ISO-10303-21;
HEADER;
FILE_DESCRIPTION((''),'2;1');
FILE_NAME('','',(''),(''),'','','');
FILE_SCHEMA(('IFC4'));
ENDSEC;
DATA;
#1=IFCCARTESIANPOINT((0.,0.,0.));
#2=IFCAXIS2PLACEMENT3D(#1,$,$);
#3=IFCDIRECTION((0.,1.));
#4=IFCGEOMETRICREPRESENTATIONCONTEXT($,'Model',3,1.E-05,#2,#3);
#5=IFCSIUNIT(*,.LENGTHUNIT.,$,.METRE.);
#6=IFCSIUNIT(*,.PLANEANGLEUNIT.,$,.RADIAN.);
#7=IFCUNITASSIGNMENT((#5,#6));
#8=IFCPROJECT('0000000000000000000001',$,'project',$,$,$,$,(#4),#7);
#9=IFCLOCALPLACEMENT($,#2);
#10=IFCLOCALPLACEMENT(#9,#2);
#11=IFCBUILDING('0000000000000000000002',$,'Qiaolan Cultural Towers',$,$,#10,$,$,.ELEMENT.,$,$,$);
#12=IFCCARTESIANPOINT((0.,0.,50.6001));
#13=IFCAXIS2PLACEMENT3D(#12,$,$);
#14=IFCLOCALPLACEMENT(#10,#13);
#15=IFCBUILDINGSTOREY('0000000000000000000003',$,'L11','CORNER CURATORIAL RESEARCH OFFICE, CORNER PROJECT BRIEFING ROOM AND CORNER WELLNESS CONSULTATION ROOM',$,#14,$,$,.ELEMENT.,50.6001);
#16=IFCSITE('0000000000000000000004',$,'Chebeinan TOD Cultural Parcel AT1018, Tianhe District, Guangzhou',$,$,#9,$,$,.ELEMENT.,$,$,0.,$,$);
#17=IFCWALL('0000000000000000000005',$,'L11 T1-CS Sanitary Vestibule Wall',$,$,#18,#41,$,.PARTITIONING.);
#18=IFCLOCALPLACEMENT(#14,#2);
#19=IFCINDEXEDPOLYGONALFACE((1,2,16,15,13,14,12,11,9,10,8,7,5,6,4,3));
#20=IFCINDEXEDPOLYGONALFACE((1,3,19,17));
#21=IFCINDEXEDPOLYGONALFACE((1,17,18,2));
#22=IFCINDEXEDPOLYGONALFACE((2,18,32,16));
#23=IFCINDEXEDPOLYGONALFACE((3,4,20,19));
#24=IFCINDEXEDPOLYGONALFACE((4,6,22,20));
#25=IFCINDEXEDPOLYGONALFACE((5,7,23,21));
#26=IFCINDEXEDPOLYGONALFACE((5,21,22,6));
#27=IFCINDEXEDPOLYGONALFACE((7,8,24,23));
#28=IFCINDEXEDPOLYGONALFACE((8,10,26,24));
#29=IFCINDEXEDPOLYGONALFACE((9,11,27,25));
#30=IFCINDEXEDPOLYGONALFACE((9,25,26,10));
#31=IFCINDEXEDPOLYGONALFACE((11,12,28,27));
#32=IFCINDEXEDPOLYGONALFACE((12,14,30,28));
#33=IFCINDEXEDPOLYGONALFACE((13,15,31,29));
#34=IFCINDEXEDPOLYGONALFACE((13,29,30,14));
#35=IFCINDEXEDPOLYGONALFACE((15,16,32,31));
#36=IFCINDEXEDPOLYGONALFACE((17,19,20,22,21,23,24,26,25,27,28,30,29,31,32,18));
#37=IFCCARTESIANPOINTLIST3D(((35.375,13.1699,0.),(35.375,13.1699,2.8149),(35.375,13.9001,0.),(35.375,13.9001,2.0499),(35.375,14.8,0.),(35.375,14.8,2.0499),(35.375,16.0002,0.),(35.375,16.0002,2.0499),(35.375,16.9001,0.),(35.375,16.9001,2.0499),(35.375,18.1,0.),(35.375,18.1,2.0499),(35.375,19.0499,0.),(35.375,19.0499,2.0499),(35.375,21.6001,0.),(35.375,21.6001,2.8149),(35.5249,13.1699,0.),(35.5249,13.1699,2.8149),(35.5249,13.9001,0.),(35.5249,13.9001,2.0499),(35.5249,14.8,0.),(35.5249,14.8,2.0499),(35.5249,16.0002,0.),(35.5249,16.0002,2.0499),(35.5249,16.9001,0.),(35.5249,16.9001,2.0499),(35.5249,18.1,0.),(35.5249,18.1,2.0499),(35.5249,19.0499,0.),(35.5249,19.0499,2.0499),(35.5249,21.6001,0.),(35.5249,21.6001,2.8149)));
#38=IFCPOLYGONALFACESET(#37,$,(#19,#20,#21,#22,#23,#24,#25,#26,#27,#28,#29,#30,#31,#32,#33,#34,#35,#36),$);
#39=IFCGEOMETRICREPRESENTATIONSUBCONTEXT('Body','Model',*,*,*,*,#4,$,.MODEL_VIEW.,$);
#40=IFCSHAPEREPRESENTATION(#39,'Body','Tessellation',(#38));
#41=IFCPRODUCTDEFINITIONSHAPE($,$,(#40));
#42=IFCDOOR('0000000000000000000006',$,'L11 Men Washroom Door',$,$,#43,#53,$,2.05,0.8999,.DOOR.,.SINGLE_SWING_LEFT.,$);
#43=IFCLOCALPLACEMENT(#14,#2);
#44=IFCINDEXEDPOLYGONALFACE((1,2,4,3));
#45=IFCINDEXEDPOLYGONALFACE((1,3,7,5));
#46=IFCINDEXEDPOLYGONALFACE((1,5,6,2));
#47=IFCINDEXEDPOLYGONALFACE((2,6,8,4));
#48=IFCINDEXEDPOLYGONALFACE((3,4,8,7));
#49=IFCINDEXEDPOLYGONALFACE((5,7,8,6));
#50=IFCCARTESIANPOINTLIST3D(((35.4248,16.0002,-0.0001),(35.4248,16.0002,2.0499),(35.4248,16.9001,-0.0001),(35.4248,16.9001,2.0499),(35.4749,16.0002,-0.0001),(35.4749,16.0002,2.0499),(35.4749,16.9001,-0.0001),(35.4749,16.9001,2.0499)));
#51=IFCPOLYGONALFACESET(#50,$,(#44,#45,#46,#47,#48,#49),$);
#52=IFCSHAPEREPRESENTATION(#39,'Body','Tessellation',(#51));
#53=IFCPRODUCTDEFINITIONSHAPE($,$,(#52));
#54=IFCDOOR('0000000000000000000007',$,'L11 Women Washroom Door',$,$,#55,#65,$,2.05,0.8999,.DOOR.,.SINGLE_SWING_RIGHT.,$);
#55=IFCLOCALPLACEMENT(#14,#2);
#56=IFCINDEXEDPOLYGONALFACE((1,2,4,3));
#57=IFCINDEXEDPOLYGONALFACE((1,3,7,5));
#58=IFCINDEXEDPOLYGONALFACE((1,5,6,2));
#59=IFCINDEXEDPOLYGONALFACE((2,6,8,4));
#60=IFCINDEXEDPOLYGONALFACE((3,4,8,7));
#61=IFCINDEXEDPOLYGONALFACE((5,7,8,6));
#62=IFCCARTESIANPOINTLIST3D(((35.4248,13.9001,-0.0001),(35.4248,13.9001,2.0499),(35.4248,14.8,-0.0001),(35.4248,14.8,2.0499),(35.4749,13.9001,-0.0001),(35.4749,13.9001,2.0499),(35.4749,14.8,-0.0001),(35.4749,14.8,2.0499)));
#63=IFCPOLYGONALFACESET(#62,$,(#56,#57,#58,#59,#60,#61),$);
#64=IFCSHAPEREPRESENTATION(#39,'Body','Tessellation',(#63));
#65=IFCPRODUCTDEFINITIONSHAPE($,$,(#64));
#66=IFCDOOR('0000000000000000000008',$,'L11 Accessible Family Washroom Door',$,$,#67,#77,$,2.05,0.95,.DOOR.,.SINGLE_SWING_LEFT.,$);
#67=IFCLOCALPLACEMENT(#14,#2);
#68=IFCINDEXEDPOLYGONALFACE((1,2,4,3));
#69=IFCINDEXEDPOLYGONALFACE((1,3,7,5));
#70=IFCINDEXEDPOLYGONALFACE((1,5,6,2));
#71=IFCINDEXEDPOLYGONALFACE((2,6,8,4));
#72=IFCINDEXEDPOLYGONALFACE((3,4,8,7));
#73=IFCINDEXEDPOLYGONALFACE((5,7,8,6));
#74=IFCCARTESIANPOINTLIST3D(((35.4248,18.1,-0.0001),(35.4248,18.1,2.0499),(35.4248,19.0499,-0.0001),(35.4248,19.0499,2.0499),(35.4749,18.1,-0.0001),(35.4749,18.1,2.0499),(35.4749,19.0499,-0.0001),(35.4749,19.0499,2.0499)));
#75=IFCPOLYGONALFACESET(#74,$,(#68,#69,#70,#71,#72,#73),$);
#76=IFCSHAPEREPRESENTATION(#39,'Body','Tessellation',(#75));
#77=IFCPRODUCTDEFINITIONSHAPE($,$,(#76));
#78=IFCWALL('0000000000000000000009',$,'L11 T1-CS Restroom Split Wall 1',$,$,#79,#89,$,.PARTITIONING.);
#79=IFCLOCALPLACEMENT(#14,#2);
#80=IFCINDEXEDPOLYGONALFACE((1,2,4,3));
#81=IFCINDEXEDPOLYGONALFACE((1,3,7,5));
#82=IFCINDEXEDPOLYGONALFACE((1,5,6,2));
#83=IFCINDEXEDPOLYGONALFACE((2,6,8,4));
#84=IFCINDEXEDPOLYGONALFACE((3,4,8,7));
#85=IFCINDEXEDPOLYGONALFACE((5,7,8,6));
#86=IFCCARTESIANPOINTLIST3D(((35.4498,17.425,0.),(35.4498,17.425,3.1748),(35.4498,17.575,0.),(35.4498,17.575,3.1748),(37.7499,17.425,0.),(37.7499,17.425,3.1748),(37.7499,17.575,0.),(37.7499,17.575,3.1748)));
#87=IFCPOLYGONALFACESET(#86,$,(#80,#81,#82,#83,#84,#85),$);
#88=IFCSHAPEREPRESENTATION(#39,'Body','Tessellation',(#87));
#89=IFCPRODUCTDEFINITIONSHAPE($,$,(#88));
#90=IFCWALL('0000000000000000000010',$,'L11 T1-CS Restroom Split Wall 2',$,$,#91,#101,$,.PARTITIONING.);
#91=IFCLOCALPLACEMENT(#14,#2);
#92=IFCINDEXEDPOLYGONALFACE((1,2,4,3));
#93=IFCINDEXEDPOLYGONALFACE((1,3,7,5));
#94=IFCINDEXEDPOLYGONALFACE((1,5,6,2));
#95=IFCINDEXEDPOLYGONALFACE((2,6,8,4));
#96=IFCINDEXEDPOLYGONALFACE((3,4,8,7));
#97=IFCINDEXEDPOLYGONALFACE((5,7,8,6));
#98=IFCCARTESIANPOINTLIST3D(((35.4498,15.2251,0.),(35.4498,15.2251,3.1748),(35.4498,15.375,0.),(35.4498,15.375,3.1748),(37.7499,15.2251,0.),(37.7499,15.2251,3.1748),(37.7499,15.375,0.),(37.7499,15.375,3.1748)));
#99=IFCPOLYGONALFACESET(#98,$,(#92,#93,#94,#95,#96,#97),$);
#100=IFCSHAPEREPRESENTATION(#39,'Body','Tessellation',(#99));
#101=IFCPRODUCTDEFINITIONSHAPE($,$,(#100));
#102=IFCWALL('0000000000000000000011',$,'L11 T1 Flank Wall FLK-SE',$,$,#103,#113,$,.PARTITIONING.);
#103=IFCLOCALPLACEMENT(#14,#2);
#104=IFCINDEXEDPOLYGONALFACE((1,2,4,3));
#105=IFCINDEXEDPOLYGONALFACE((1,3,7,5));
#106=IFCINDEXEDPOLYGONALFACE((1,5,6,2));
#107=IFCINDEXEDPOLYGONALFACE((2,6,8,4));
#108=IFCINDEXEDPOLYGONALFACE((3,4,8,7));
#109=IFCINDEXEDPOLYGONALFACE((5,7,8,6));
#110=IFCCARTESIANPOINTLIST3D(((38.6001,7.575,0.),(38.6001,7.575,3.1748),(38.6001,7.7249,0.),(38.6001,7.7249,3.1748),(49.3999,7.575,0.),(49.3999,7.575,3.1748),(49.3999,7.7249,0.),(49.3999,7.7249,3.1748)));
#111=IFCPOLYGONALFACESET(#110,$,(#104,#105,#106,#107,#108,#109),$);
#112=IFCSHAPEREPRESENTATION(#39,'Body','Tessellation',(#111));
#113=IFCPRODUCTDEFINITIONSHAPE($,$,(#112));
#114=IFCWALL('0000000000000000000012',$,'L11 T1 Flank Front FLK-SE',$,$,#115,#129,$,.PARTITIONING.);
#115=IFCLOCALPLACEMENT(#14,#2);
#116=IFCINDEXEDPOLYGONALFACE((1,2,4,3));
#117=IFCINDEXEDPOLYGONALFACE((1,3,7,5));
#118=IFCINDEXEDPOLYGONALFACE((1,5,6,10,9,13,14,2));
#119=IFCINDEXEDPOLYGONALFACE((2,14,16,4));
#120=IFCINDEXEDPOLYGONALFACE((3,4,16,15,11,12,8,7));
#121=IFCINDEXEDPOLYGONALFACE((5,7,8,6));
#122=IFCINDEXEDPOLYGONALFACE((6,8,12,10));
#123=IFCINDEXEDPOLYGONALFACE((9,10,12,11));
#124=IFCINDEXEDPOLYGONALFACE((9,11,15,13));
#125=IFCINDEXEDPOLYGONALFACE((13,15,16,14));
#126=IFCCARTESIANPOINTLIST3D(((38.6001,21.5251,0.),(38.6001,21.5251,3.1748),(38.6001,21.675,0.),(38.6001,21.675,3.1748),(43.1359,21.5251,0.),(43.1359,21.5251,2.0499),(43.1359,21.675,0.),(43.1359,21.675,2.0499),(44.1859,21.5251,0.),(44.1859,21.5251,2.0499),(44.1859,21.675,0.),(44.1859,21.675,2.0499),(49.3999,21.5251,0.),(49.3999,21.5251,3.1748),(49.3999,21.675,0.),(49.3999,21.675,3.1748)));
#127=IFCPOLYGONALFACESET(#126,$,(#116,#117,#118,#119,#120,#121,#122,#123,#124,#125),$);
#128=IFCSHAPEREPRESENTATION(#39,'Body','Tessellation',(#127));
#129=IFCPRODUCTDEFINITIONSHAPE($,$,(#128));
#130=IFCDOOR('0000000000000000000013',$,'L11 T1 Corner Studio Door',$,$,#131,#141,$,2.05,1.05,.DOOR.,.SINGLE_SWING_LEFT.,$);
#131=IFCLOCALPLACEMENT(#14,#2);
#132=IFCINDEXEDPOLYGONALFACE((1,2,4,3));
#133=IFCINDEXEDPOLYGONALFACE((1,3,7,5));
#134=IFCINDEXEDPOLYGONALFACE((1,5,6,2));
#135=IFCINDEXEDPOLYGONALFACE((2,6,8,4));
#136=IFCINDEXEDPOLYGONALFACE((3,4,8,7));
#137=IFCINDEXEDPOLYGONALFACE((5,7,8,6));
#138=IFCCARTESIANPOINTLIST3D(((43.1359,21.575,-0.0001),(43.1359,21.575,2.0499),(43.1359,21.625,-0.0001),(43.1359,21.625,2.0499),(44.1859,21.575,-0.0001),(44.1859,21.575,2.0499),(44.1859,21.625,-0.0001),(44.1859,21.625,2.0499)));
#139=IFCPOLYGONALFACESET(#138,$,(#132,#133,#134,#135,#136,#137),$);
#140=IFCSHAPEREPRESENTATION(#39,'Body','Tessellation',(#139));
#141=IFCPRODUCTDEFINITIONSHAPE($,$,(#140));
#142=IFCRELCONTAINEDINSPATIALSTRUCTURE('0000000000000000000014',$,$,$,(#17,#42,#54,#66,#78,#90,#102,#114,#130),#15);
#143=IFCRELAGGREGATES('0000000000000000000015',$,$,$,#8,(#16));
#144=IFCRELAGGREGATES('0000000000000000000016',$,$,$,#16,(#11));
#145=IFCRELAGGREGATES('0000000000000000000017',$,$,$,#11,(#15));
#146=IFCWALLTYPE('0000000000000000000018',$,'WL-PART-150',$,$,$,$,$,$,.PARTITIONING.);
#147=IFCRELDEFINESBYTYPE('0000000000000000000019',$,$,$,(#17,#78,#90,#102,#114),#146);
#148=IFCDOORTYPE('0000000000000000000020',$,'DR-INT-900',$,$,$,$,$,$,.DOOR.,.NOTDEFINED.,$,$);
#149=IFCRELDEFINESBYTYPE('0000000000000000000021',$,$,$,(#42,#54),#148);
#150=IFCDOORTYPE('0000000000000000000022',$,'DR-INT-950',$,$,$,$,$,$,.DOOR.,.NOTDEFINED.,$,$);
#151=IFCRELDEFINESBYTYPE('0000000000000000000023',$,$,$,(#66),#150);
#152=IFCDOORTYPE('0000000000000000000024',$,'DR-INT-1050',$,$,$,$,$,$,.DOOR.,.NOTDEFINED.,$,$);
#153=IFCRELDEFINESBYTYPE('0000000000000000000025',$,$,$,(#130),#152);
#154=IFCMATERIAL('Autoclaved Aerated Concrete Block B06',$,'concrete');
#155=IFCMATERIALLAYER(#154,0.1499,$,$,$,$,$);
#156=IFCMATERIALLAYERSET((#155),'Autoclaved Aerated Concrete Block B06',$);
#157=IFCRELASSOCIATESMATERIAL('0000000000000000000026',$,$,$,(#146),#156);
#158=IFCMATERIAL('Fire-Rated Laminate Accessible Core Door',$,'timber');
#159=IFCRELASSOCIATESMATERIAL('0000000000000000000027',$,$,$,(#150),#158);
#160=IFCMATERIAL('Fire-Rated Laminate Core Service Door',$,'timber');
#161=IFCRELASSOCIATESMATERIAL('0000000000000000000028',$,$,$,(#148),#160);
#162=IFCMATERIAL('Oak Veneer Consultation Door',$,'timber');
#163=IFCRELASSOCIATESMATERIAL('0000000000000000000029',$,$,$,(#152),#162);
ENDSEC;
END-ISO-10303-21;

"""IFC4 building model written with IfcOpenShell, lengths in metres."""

from ifc_helpers import new_model, si_unit, direction, frame, frame_2d, origin, place, context, subcontext, project, spatial, rectangle, extrude, material, layer, layer_set, type_object, element, fill, save


model = new_model("IFC4")

# Units and contexts
model_context = context("Model", 3, precision=1e-05, world=origin(), true_north=direction((0.0, 1.0)))
body_context = subcontext(model_context, "Body", "Model", "MODEL_VIEW")
ifc_project = project(units=[si_unit("LENGTHUNIT", "METRE"), si_unit("PLANEANGLEUNIT", "RADIAN")], contexts=[model_context])

# Site, building, storey
site_placement = place(None, origin())
site = spatial("IfcSite", under=ifc_project, at=site_placement, Name="Chebeinan TOD Cultural Parcel AT1018, Tianhe District, Guangzhou", CompositionType="ELEMENT", RefElevation=0.0)
building_placement = place(site_placement, origin())
building = spatial("IfcBuilding", under=site, at=building_placement, Name="Qiaolan Cultural Towers", CompositionType="ELEMENT")
storey_placement = place(building_placement, frame((0.0, 0.0, 50.6001)))
storey = spatial("IfcBuildingStorey", under=building, at=storey_placement, Name="L11", Description="CORNER CURATORIAL RESEARCH OFFICE, CORNER PROJECT BRIEFING ROOM AND CORNER WELLNESS CONSULTATION ROOM", CompositionType="ELEMENT", Elevation=50.6001)

# Shared definitions
ifc_material_1 = material(Name="Autoclaved Aerated Concrete Block B06", Category="concrete")
ifc_layer_1 = layer(ifc_material_1, 0.1499)
ifc_layer_set_1 = layer_set([ifc_layer_1], Name="Autoclaved Aerated Concrete Block B06")
wall_type_1 = type_object("IfcWallType", Name="WL-PART-150", PredefinedType="PARTITIONING", material=ifc_layer_set_1)

# Shared definitions
ifc_material_2 = material(Name="Fire-Rated Laminate Accessible Core Door", Category="timber")
door_type_1 = type_object("IfcDoorType", Name="DR-INT-950", OperationType="NOTDEFINED", PredefinedType="DOOR", material=ifc_material_2)

# Wall, openings, doors
wall_1_placement = place(storey_placement, frame((35.45, 21.6001, 0.0), z_axis=(0.0, 0.0, 1.0), x_axis=(0.0, -1.0, 0.0)))
wall_1 = element("IfcWall", 1, at=wall_1_placement, inside=storey, type_object=wall_type_1, Name="L11 T1-CS Sanitary Vestibule Wall", PredefinedType="PARTITIONING", context=body_context, shape_type="SweptSolid", body=[
    extrude(rectangle(XDim=8.4302, YDim=0.1499, at=frame_2d((4.2151, 0.0))), origin(), (0.0, 0.0, 1.0), 2.8149),
])
opening_1_placement = place(wall_1_placement, frame((2.55, 0.0, 0.0)))
opening_1 = element("IfcOpeningElement", 2, at=opening_1_placement, cuts=wall_1, PredefinedType="OPENING", context=body_context, shape_type="SweptSolid", body=[
    extrude(rectangle(XDim=0.95, YDim=2.05, at=frame_2d((0.4751, 1.0249))), frame((0.0, 0.085, 0.0), z_axis=(0.0, -1.0, 0.0), x_axis=(1.0, 0.0, 0.0)), (0.0, 0.0, 1.0), 0.1699),
])
opening_2_placement = place(wall_1_placement, frame((4.7, 0.0, 0.0)))
opening_2 = element("IfcOpeningElement", 3, at=opening_2_placement, cuts=wall_1, PredefinedType="OPENING", context=body_context, shape_type="SweptSolid", body=[
    extrude(rectangle(XDim=0.8999, YDim=2.05, at=frame_2d((0.45, 1.0249))), frame((0.0, 0.085, 0.0), z_axis=(0.0, -1.0, 0.0), x_axis=(1.0, 0.0, 0.0)), (0.0, 0.0, 1.0), 0.1699),
])
opening_3_placement = place(wall_1_placement, frame((6.8, 0.0, 0.0)))
opening_3 = element("IfcOpeningElement", 4, at=opening_3_placement, cuts=wall_1, PredefinedType="OPENING", context=body_context, shape_type="SweptSolid", body=[
    extrude(rectangle(XDim=0.8999, YDim=2.05, at=frame_2d((0.45, 1.0249))), frame((0.0, 0.085, 0.0), z_axis=(0.0, -1.0, 0.0), x_axis=(1.0, 0.0, 0.0)), (0.0, 0.0, 1.0), 0.1699),
])
ifc_material_3 = material(Name="Fire-Rated Laminate Core Service Door", Category="timber")
door_type_2 = type_object("IfcDoorType", Name="DR-INT-900", OperationType="NOTDEFINED", PredefinedType="DOOR", material=ifc_material_3)
door_1_placement = place(opening_2_placement, origin())
door_1 = element("IfcDoor", 5, at=door_1_placement, inside=storey, type_object=door_type_2, Name="L11 Men Washroom Door", OperationType="SINGLE_SWING_LEFT", OverallHeight=2.05, OverallWidth=0.8999, PredefinedType="DOOR", context=body_context, shape_type="SweptSolid", body=[
    extrude(rectangle(XDim=0.8999, YDim=2.05, at=frame_2d((0.45, 1.0249))), frame((0.0, 0.0249, 0.0), z_axis=(0.0, -1.0, 0.0), x_axis=(1.0, 0.0, 0.0)), (0.0, 0.0, 1.0), 0.05),
])
fill(opening_2, door_1)
door_2_placement = place(opening_3_placement, origin())
door_2 = element("IfcDoor", 6, at=door_2_placement, inside=storey, type_object=door_type_2, Name="L11 Women Washroom Door", OperationType="SINGLE_SWING_RIGHT", OverallHeight=2.05, OverallWidth=0.8999, PredefinedType="DOOR", context=body_context, shape_type="SweptSolid", body=[
    extrude(rectangle(XDim=0.8999, YDim=2.05, at=frame_2d((0.45, 1.0249))), frame((0.0, 0.0249, 0.0), z_axis=(0.0, -1.0, 0.0), x_axis=(1.0, 0.0, 0.0)), (0.0, 0.0, 1.0), 0.05),
])
fill(opening_3, door_2)
door_3_placement = place(opening_1_placement, origin())
door_3 = element("IfcDoor", 7, at=door_3_placement, inside=storey, type_object=door_type_1, Name="L11 Accessible Family Washroom Door", OperationType="SINGLE_SWING_LEFT", OverallHeight=2.05, OverallWidth=0.95, PredefinedType="DOOR", context=body_context, shape_type="SweptSolid", body=[
    extrude(rectangle(XDim=0.95, YDim=2.05, at=frame_2d((0.4751, 1.0249))), frame((0.0, 0.0249, 0.0), z_axis=(0.0, -1.0, 0.0), x_axis=(1.0, 0.0, 0.0)), (0.0, 0.0, 1.0), 0.05),
])
fill(opening_1, door_3)

# Walls
for number, where, z_axis, x_axis, name in (
    (8, (35.45, 17.5, 0.0), (0.0, 0.0, 1.0), (1.0, 0.0, 0.0), "L11 T1-CS Restroom Split Wall 1"),
    (9, (35.45, 15.3, 0.0), (0.0, 0.0, 1.0), (1.0, 0.0, 0.0), "L11 T1-CS Restroom Split Wall 2"),
):
    element("IfcWall", number, at=place(storey_placement, frame(where, z_axis=z_axis, x_axis=x_axis)), inside=storey, type_object=wall_type_1, Name=name, PredefinedType="PARTITIONING", context=body_context, shape_type="SweptSolid", body=[
        extrude(rectangle(XDim=2.3, YDim=0.1499, at=frame_2d((1.1499, 0.0))), origin(), (0.0, 0.0, 1.0), 3.1748),
    ])
wall_2_placement = place(storey_placement, frame((38.6001, 7.6499, 0.0), z_axis=(0.0, 0.0, 1.0), x_axis=(1.0, 0.0, 0.0)))
element("IfcWall", 10, at=wall_2_placement, inside=storey, type_object=wall_type_1, Name="L11 T1 Flank Wall FLK-SE", PredefinedType="PARTITIONING", context=body_context, shape_type="SweptSolid", body=[
    extrude(rectangle(XDim=10.7998, YDim=0.1499, at=frame_2d((5.3999, 0.0))), origin(), (0.0, 0.0, 1.0), 3.1748),
])

# Wall, opening, door
wall_3_placement = place(storey_placement, frame((38.6001, 21.6001, 0.0), z_axis=(0.0, 0.0, 1.0), x_axis=(1.0, 0.0, 0.0)))
wall_3 = element("IfcWall", 11, at=wall_3_placement, inside=storey, type_object=wall_type_1, Name="L11 T1 Flank Front FLK-SE", PredefinedType="PARTITIONING", context=body_context, shape_type="SweptSolid", body=[
    extrude(rectangle(XDim=10.7998, YDim=0.1499, at=frame_2d((5.3999, 0.0))), origin(), (0.0, 0.0, 1.0), 3.1748),
])
opening_4_placement = place(wall_3_placement, frame((4.5359, 0.0, 0.0)))
opening_4 = element("IfcOpeningElement", 12, at=opening_4_placement, cuts=wall_3, PredefinedType="OPENING", context=body_context, shape_type="SweptSolid", body=[
    extrude(rectangle(XDim=1.05, YDim=2.05, at=frame_2d((0.5249, 1.0249))), frame((0.0, 0.085, 0.0), z_axis=(0.0, -1.0, 0.0), x_axis=(1.0, 0.0, 0.0)), (0.0, 0.0, 1.0), 0.1699),
])
ifc_material_4 = material(Name="Oak Veneer Consultation Door", Category="timber")
door_type_3 = type_object("IfcDoorType", Name="DR-INT-1050", OperationType="NOTDEFINED", PredefinedType="DOOR", material=ifc_material_4)
door_4_placement = place(opening_4_placement, origin())
door_4 = element("IfcDoor", 13, at=door_4_placement, inside=storey, type_object=door_type_3, Name="L11 T1 Corner Studio Door", OperationType="SINGLE_SWING_LEFT", OverallHeight=2.05, OverallWidth=1.05, PredefinedType="DOOR", context=body_context, shape_type="SweptSolid", body=[
    extrude(rectangle(XDim=1.05, YDim=2.05, at=frame_2d((0.5249, 1.0249))), frame((0.0, 0.0249, 0.0), z_axis=(0.0, -1.0, 0.0), x_axis=(1.0, 0.0, 0.0)), (0.0, 0.0, 1.0), 0.05),
])
fill(opening_4, door_4)

save(model, "model.ifc")
